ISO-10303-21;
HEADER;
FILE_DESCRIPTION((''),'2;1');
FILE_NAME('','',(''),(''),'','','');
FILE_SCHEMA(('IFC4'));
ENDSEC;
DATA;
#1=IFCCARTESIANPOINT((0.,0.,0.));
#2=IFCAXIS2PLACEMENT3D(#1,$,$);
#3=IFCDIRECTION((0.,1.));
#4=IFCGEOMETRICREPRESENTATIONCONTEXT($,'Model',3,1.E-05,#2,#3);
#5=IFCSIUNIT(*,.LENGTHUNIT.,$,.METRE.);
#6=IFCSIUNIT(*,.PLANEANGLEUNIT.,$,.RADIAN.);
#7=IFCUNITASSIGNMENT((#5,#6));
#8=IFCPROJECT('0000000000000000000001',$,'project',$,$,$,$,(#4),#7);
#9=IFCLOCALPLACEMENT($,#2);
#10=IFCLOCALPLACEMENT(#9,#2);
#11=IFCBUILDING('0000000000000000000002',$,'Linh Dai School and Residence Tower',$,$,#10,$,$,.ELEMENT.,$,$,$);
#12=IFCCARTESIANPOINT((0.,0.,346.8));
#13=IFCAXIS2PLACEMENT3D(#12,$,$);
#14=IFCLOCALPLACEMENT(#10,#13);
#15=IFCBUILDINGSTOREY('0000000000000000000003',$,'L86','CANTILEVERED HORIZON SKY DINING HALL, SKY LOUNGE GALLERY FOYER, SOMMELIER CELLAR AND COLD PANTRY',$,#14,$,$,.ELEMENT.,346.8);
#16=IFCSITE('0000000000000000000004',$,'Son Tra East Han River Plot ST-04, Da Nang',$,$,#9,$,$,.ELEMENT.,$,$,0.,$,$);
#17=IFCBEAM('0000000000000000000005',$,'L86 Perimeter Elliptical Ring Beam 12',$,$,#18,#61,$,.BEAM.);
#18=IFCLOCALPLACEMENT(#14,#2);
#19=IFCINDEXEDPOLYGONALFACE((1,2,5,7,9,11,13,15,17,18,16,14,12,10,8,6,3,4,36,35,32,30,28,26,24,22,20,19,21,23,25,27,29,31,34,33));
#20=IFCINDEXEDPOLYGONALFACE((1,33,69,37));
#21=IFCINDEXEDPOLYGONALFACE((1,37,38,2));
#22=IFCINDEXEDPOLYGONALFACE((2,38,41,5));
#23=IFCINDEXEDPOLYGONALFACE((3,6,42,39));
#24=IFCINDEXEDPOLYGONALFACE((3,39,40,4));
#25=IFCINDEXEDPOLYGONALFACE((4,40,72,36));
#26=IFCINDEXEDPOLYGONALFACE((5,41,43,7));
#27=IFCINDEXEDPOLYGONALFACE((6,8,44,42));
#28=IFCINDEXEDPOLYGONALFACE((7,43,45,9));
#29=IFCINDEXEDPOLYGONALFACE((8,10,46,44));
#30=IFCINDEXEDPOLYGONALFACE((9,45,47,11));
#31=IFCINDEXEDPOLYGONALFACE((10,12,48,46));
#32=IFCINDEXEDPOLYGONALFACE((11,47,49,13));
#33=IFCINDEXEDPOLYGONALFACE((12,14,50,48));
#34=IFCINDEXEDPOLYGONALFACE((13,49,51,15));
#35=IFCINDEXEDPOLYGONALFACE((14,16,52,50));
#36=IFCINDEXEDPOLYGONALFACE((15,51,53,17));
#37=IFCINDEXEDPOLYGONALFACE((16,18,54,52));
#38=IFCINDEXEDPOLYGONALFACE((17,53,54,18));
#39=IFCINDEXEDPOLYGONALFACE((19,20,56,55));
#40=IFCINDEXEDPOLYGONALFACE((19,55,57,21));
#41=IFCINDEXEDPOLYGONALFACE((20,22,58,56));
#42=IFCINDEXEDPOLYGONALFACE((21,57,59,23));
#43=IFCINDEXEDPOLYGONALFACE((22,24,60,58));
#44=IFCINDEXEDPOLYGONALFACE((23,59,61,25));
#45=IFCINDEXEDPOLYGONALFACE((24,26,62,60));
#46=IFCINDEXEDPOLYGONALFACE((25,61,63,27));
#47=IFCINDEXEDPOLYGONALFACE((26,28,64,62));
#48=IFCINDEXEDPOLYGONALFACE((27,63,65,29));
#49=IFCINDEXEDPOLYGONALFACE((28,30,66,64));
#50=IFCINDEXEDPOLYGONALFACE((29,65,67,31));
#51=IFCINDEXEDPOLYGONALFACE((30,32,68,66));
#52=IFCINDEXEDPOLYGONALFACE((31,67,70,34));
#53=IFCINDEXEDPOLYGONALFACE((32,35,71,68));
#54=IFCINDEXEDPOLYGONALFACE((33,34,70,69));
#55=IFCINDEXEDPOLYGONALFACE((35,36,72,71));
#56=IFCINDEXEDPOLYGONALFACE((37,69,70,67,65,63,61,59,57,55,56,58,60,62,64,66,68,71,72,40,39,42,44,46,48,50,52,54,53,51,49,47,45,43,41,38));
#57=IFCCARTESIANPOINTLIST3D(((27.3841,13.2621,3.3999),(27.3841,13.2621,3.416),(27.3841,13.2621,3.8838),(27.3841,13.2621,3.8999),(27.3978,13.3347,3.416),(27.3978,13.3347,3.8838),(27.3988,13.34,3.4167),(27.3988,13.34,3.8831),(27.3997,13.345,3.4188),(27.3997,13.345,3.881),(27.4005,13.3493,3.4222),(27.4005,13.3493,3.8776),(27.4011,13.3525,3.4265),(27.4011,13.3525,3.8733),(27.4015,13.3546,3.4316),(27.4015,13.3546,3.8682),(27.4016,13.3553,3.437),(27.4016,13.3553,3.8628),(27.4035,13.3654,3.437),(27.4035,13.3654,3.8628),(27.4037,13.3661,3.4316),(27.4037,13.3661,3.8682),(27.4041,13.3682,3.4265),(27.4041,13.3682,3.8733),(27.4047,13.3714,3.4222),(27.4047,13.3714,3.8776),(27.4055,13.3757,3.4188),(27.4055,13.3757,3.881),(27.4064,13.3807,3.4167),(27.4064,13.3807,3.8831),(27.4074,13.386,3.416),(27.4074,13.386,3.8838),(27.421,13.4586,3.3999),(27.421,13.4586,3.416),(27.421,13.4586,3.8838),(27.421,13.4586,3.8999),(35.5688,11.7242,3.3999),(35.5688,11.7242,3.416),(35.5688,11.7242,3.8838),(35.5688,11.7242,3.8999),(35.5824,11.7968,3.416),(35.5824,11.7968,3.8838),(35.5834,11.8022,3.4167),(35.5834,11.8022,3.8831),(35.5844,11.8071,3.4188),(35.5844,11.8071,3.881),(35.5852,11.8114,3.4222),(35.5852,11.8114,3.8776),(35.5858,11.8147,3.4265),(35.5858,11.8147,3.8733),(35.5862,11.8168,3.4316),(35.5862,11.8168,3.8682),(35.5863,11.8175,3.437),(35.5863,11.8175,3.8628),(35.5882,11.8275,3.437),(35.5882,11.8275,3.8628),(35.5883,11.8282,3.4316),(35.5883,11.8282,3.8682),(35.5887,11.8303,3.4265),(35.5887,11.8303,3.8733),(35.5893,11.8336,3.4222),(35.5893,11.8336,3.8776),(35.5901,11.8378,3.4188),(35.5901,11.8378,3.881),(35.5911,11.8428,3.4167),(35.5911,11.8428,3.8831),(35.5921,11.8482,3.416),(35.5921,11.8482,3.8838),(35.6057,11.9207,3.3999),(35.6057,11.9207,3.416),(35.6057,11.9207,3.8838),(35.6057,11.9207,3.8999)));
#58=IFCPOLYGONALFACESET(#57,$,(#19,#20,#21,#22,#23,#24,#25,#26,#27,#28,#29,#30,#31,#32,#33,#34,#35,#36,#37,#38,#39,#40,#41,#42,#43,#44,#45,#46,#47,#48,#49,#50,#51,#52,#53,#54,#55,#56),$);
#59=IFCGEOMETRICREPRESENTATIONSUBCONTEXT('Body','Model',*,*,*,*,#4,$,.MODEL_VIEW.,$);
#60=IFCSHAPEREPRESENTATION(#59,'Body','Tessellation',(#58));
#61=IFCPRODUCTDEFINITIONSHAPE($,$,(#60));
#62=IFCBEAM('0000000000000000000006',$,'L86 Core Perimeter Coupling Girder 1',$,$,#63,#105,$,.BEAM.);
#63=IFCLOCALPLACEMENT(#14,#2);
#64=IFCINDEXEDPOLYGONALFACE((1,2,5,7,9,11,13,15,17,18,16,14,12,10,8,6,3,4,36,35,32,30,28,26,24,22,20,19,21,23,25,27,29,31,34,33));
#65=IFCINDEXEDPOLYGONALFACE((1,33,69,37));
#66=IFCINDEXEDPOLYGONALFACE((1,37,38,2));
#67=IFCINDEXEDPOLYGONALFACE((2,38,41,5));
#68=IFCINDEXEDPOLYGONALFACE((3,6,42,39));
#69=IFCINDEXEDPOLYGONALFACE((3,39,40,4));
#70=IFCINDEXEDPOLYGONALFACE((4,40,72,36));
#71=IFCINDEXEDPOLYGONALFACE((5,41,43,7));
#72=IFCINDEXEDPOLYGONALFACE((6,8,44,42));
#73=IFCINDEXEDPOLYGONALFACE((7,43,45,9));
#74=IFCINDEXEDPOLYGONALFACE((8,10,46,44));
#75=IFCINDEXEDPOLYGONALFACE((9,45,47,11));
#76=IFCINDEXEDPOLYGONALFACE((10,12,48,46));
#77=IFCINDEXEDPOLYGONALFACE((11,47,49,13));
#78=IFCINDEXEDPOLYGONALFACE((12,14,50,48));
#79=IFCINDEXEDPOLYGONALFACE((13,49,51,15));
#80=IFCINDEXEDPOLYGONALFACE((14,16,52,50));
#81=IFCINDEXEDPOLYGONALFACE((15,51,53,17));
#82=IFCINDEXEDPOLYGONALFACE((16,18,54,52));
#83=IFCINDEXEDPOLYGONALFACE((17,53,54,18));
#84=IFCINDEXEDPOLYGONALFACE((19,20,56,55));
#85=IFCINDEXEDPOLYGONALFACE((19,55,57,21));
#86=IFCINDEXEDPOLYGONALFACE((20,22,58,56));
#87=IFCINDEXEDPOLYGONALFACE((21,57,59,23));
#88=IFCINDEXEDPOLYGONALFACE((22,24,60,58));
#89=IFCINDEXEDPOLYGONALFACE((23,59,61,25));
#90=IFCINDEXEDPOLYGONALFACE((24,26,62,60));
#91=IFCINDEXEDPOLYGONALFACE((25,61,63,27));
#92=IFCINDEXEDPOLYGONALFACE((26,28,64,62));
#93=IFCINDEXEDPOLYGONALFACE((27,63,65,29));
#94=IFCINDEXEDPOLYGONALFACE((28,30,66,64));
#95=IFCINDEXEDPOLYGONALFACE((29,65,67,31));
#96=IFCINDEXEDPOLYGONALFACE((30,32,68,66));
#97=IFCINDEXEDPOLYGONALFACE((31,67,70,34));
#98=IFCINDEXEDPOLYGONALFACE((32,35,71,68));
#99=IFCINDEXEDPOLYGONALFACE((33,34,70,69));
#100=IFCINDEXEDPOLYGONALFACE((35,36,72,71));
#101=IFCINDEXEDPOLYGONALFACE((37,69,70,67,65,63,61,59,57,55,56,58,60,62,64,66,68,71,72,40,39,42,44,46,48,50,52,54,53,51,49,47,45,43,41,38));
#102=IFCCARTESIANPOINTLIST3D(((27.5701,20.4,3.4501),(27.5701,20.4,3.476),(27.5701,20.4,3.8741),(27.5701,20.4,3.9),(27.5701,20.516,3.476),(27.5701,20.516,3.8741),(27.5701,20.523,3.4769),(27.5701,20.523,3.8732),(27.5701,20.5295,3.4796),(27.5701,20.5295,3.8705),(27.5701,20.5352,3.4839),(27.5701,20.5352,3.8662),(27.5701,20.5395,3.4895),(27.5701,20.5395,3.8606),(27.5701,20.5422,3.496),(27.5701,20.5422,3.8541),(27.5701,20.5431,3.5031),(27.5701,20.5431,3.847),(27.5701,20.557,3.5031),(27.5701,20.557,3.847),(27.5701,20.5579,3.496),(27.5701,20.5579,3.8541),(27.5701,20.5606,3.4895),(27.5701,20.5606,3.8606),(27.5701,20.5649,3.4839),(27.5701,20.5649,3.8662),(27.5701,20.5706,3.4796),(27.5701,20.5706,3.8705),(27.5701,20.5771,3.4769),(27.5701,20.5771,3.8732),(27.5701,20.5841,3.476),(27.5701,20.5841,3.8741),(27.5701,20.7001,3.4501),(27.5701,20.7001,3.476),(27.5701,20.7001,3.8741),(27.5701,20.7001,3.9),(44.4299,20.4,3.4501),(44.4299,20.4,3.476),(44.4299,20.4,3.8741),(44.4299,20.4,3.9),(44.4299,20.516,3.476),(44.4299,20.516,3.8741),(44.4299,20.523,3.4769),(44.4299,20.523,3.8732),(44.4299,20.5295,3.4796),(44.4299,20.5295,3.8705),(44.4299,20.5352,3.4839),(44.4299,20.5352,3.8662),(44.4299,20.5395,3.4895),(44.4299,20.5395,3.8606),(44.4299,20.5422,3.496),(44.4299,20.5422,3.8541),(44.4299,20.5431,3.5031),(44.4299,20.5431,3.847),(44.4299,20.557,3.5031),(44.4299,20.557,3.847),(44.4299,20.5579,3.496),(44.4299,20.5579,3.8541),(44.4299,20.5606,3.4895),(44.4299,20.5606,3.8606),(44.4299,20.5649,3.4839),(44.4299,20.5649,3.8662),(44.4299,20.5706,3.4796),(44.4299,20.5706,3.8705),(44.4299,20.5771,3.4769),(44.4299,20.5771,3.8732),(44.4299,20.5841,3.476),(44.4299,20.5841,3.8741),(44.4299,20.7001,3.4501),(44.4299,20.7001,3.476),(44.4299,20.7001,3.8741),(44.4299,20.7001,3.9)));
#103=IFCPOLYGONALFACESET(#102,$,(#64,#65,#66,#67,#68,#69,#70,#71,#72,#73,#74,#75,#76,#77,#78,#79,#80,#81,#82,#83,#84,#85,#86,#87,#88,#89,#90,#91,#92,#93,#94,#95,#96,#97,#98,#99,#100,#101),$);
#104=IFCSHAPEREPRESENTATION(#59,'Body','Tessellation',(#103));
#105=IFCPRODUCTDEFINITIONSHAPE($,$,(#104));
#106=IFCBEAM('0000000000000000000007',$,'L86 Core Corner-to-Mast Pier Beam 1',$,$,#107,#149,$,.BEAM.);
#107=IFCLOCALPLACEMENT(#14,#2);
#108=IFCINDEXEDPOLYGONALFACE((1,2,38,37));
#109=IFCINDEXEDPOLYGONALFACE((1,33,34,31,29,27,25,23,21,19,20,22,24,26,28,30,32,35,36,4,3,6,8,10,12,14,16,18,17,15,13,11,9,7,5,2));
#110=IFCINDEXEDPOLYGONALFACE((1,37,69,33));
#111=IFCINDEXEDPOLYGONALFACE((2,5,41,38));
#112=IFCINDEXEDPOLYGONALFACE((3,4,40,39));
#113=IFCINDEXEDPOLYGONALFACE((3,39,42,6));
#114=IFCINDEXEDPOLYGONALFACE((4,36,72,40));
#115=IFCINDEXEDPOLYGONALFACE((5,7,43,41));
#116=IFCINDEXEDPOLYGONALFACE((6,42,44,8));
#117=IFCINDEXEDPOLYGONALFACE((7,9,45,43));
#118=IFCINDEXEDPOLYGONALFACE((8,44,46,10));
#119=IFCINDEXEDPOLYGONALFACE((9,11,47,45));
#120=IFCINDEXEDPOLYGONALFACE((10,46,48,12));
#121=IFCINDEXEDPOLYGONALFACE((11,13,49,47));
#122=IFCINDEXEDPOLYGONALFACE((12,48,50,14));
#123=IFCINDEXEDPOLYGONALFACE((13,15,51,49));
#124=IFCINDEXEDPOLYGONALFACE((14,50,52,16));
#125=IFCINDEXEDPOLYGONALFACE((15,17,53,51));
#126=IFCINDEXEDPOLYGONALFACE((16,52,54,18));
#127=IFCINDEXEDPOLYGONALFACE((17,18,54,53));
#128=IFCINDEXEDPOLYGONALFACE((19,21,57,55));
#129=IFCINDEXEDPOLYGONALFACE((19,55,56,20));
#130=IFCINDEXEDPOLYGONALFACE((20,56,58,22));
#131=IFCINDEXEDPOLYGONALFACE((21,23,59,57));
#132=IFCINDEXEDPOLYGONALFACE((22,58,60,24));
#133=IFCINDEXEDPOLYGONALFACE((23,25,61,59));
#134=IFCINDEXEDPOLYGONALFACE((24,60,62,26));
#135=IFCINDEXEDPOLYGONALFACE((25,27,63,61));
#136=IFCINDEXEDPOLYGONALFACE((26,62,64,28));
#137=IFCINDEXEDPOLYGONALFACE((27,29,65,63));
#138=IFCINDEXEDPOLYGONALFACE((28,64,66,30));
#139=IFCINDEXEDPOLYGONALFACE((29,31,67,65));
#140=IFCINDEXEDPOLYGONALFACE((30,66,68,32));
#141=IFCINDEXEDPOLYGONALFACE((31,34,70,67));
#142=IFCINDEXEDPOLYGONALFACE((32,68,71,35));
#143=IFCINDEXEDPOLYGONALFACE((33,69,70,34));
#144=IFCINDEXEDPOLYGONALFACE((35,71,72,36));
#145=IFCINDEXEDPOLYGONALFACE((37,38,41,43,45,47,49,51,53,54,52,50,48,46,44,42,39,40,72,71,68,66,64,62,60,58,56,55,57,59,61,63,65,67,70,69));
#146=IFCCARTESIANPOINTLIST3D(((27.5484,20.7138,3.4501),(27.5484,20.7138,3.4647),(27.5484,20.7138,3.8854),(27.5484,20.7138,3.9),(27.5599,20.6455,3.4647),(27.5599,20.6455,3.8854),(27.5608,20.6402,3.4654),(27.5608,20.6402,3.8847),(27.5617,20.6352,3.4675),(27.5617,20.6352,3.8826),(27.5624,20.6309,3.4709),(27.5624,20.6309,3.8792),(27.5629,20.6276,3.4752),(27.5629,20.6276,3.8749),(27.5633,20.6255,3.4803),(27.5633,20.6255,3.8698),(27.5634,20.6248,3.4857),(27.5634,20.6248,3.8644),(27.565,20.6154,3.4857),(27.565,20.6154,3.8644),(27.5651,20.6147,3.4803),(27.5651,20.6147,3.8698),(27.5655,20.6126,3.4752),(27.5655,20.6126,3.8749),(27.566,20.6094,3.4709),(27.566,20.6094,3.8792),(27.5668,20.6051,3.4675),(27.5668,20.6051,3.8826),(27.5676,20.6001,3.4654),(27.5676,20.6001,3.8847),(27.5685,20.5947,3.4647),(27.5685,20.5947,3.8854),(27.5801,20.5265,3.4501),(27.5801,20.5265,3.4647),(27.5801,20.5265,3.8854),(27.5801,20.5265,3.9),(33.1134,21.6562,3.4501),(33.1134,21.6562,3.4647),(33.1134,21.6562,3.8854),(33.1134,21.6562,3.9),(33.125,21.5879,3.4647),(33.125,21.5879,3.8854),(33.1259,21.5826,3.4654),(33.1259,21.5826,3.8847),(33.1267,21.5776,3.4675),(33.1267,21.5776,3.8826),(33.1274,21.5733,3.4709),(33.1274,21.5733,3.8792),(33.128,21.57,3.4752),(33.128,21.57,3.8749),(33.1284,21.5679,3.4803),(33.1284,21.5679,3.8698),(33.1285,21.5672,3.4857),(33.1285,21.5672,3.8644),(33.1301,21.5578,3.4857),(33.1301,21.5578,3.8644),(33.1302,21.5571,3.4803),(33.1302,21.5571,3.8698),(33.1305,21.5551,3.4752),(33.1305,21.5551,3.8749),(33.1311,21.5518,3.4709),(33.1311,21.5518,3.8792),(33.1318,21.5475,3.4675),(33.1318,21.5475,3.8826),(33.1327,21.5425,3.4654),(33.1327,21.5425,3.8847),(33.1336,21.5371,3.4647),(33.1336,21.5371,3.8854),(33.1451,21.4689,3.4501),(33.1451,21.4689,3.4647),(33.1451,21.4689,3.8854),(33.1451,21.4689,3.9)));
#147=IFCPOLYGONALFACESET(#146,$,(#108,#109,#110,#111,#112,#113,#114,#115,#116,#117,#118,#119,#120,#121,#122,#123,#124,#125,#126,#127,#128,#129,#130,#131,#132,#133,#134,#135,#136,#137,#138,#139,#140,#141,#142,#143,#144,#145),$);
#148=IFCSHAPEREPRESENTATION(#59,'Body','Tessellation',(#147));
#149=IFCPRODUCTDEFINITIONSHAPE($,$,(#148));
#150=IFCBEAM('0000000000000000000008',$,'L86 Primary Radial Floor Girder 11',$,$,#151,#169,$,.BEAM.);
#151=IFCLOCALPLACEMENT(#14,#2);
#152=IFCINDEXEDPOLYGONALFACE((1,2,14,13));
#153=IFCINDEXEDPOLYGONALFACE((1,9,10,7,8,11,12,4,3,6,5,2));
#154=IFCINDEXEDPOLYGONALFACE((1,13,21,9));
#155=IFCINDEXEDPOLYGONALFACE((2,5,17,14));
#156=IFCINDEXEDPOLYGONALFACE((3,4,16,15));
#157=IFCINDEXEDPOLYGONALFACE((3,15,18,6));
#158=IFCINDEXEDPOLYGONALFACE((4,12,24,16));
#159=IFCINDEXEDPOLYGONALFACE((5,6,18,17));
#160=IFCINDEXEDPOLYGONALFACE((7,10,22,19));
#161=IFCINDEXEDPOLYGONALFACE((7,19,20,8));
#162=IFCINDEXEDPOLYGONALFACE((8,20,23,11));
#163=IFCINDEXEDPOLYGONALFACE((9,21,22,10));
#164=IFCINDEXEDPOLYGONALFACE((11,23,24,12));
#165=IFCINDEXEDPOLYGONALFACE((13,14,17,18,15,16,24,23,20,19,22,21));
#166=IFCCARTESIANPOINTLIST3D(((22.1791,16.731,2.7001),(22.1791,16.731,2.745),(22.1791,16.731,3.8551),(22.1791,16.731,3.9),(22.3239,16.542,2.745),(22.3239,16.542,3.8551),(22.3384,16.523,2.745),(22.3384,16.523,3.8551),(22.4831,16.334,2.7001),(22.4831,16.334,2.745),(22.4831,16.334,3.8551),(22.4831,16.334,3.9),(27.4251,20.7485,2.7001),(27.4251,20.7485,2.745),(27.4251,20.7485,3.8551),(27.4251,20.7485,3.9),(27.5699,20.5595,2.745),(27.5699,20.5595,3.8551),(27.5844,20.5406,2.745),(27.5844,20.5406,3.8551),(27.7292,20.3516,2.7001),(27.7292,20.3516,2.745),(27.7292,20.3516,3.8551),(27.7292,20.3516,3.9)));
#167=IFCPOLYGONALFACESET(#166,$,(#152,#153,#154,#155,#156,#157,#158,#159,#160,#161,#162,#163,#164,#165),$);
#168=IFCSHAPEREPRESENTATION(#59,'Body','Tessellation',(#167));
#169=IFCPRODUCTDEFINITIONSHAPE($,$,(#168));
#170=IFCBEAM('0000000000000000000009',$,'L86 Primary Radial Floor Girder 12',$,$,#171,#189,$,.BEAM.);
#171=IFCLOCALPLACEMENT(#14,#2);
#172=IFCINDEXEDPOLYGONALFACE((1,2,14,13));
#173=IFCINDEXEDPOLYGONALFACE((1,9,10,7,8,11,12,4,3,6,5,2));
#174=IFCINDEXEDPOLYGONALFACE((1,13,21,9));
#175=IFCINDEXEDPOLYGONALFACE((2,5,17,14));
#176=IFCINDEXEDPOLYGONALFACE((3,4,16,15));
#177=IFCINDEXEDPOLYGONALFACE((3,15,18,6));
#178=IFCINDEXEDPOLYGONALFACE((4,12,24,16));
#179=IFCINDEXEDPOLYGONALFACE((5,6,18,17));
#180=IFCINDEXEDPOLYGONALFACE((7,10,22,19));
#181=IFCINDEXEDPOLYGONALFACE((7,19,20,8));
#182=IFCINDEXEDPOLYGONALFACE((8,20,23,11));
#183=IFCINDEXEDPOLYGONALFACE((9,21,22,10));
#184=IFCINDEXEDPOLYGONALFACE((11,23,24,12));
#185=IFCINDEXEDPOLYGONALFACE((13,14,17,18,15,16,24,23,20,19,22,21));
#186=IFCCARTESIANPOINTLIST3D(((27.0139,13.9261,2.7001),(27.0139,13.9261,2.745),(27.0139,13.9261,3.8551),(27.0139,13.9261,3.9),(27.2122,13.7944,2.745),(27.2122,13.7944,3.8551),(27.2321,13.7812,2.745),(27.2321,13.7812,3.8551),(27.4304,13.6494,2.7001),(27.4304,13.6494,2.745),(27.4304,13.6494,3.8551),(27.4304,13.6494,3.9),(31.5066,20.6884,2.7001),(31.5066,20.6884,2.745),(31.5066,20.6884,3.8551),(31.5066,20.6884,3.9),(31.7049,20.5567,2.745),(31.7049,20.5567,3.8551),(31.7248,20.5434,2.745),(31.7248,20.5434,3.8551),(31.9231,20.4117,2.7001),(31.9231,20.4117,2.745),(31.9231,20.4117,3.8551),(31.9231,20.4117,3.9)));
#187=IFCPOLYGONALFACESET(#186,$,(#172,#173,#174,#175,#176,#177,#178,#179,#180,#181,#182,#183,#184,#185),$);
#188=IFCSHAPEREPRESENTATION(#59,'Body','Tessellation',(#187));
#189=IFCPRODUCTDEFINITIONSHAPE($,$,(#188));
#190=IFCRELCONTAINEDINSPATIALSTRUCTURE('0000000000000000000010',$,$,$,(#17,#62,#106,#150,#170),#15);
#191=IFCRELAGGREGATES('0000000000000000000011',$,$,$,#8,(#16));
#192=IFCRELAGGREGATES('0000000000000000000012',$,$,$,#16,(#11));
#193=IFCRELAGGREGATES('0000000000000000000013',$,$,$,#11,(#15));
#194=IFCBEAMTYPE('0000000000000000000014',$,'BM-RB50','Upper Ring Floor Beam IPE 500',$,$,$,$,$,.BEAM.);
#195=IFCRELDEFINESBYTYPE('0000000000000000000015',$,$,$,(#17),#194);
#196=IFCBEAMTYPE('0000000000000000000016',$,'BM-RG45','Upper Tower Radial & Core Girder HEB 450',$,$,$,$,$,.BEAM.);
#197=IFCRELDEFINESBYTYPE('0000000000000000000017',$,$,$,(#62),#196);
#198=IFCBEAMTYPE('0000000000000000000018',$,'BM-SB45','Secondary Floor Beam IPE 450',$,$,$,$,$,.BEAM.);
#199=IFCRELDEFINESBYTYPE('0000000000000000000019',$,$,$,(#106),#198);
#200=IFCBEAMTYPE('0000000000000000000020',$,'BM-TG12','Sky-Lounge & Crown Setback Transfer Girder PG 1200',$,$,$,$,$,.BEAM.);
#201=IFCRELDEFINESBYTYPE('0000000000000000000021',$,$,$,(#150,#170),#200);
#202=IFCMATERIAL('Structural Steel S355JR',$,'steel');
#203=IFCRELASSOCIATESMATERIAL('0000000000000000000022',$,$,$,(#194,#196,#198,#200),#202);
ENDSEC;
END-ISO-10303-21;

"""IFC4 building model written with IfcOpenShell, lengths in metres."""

from ifc_helpers import new_model, si_unit, direction, frame, origin, origin_2d, place, context, subcontext, project, spatial, i_section, extrude, material, material_profile, profile_set, type_object, element, save


model = new_model("IFC4")

# Units and contexts
model_context = context("Model", 3, precision=1e-05, world=origin(), true_north=direction((0.0, 1.0)))
body_context = subcontext(model_context, "Body", "Model", "MODEL_VIEW")
ifc_project = project(units=[si_unit("LENGTHUNIT", "METRE"), si_unit("PLANEANGLEUNIT", "RADIAN")], contexts=[model_context])

# Site, building, storey
site_placement = place(None, origin())
site = spatial("IfcSite", under=ifc_project, at=site_placement, Name="Son Tra East Han River Plot ST-04, Da Nang", CompositionType="ELEMENT", RefElevation=0.0)
building_placement = place(site_placement, origin())
building = spatial("IfcBuilding", under=site, at=building_placement, Name="Linh Dai School and Residence Tower", CompositionType="ELEMENT")
storey_placement = place(building_placement, frame((0.0, 0.0, 346.8)))
storey = spatial("IfcBuildingStorey", under=building, at=storey_placement, Name="L86", Description="CANTILEVERED HORIZON SKY DINING HALL, SKY LOUNGE GALLERY FOYER, SOMMELIER CELLAR AND COLD PANTRY", CompositionType="ELEMENT", Elevation=346.8)

# Shared definitions
ifc_material_1 = material(Name="Structural Steel S355JR", Category="steel")

# Beams
ifc_material_profile_1 = material_profile(ifc_material_1, i_section(OverallWidth=0.2, OverallDepth=0.5, WebThickness=0.0103, FlangeThickness=0.0161, FilletRadius=0.021, at=origin_2d()), Name="IPE 500")
ifc_profile_set_1 = profile_set([ifc_material_profile_1], Name="Structural Steel S355JR")
beam_type_1 = type_object("IfcBeamType", Name="BM-RB50", Description="Upper Ring Floor Beam IPE 500", PredefinedType="BEAM", material=ifc_profile_set_1)
beam_1_placement = place(storey_placement, frame((27.4026, 13.3604, 3.6499), z_axis=(0.982802, -0.184664, 0.0), x_axis=(0.184664, 0.982802, 0.0)))
element("IfcBeam", 1, at=beam_1_placement, inside=storey, type_object=beam_type_1, Name="L86 Perimeter Elliptical Ring Beam 12", PredefinedType="BEAM", context=body_context, shape_type="SweptSolid", body=[
    extrude(i_section(OverallWidth=0.2, OverallDepth=0.5, WebThickness=0.0103, FlangeThickness=0.0161, FilletRadius=0.021, at=origin_2d()), origin(), (0.0, 0.0, 1.0), 8.3279),
])
ifc_material_profile_2 = material_profile(ifc_material_1, i_section(OverallWidth=0.3, OverallDepth=0.45, WebThickness=0.0139, FlangeThickness=0.0259, FilletRadius=0.0271, at=origin_2d()), Name="HEB 450")
ifc_profile_set_2 = profile_set([ifc_material_profile_2], Name="Structural Steel S355JR")
beam_type_2 = type_object("IfcBeamType", Name="BM-RG45", Description="Upper Tower Radial & Core Girder HEB 450", PredefinedType="BEAM", material=ifc_profile_set_2)
beam_2_placement = place(storey_placement, frame((27.5701, 20.55, 3.675), z_axis=(1.0, 0.0, 0.0), x_axis=(0.0, 1.0, 0.0)))
element("IfcBeam", 2, at=beam_2_placement, inside=storey, type_object=beam_type_2, Name="L86 Core Perimeter Coupling Girder 1", PredefinedType="BEAM", context=body_context, shape_type="SweptSolid", body=[
    extrude(i_section(OverallWidth=0.3, OverallDepth=0.45, WebThickness=0.0139, FlangeThickness=0.0259, FilletRadius=0.0271, at=origin_2d()), origin(), (0.0, 0.0, 1.0), 16.8599),
])
ifc_material_profile_3 = material_profile(ifc_material_1, i_section(OverallWidth=0.1899, OverallDepth=0.45, WebThickness=0.0095, FlangeThickness=0.0146, FilletRadius=0.021, at=origin_2d()), Name="IPE 450")
ifc_profile_set_3 = profile_set([ifc_material_profile_3], Name="Structural Steel S355JR")
beam_type_3 = type_object("IfcBeamType", Name="BM-SB45", Description="Secondary Floor Beam IPE 450", PredefinedType="BEAM", material=ifc_profile_set_3)
beam_3_placement = place(storey_placement, frame((27.5642, 20.6201, 3.675), z_axis=(0.985963, 0.166966, 0.0), x_axis=(-0.166966, 0.985963, 0.0)))
element("IfcBeam", 3, at=beam_3_placement, inside=storey, type_object=beam_type_3, Name="L86 Core Corner-to-Mast Pier Beam 1", PredefinedType="BEAM", context=body_context, shape_type="SweptSolid", body=[
    extrude(i_section(OverallWidth=0.1899, OverallDepth=0.45, WebThickness=0.0095, FlangeThickness=0.0146, FilletRadius=0.021, at=origin_2d()), origin(), (0.0, 0.0, 1.0), 5.6443),
])
ifc_material_profile_4 = material_profile(ifc_material_1, i_section(OverallWidth=0.5, OverallDepth=1.2, WebThickness=0.0239, FlangeThickness=0.0449, at=origin_2d()), Name="PG 1200x500x24x45")
ifc_profile_set_4 = profile_set([ifc_material_profile_4], Name="Structural Steel S355JR")
beam_type_4 = type_object("IfcBeamType", Name="BM-TG12", Description="Sky-Lounge & Crown Setback Transfer Girder PG 1200", PredefinedType="BEAM", material=ifc_profile_set_4)
beam_4_placement = place(storey_placement, frame((27.5771, 20.55, 3.3), z_axis=(-0.79393, -0.608009, 0.0), x_axis=(0.608009, -0.79393, 0.0)))
element("IfcBeam", 4, at=beam_4_placement, inside=storey, type_object=beam_type_4, Name="L86 Primary Radial Floor Girder 11", PredefinedType="BEAM", context=body_context, shape_type="SweptSolid", body=[
    extrude(i_section(OverallWidth=0.5, OverallDepth=1.2, WebThickness=0.0239, FlangeThickness=0.0449, at=origin_2d()), origin(), (0.0, 0.0, 1.0), 6.6077),
])
beam_5_placement = place(storey_placement, frame((31.7148, 20.55, 3.3), z_axis=(-0.553381, -0.832928, 0.0), x_axis=(0.832928, -0.553381, 0.0)))
element("IfcBeam", 5, at=beam_5_placement, inside=storey, type_object=beam_type_4, Name="L86 Primary Radial Floor Girder 12", PredefinedType="BEAM", context=body_context, shape_type="SweptSolid", body=[
    extrude(i_section(OverallWidth=0.5, OverallDepth=1.2, WebThickness=0.0239, FlangeThickness=0.0449, at=origin_2d()), origin(), (0.0, 0.0, 1.0), 8.1187),
])

save(model, "model.ifc")
